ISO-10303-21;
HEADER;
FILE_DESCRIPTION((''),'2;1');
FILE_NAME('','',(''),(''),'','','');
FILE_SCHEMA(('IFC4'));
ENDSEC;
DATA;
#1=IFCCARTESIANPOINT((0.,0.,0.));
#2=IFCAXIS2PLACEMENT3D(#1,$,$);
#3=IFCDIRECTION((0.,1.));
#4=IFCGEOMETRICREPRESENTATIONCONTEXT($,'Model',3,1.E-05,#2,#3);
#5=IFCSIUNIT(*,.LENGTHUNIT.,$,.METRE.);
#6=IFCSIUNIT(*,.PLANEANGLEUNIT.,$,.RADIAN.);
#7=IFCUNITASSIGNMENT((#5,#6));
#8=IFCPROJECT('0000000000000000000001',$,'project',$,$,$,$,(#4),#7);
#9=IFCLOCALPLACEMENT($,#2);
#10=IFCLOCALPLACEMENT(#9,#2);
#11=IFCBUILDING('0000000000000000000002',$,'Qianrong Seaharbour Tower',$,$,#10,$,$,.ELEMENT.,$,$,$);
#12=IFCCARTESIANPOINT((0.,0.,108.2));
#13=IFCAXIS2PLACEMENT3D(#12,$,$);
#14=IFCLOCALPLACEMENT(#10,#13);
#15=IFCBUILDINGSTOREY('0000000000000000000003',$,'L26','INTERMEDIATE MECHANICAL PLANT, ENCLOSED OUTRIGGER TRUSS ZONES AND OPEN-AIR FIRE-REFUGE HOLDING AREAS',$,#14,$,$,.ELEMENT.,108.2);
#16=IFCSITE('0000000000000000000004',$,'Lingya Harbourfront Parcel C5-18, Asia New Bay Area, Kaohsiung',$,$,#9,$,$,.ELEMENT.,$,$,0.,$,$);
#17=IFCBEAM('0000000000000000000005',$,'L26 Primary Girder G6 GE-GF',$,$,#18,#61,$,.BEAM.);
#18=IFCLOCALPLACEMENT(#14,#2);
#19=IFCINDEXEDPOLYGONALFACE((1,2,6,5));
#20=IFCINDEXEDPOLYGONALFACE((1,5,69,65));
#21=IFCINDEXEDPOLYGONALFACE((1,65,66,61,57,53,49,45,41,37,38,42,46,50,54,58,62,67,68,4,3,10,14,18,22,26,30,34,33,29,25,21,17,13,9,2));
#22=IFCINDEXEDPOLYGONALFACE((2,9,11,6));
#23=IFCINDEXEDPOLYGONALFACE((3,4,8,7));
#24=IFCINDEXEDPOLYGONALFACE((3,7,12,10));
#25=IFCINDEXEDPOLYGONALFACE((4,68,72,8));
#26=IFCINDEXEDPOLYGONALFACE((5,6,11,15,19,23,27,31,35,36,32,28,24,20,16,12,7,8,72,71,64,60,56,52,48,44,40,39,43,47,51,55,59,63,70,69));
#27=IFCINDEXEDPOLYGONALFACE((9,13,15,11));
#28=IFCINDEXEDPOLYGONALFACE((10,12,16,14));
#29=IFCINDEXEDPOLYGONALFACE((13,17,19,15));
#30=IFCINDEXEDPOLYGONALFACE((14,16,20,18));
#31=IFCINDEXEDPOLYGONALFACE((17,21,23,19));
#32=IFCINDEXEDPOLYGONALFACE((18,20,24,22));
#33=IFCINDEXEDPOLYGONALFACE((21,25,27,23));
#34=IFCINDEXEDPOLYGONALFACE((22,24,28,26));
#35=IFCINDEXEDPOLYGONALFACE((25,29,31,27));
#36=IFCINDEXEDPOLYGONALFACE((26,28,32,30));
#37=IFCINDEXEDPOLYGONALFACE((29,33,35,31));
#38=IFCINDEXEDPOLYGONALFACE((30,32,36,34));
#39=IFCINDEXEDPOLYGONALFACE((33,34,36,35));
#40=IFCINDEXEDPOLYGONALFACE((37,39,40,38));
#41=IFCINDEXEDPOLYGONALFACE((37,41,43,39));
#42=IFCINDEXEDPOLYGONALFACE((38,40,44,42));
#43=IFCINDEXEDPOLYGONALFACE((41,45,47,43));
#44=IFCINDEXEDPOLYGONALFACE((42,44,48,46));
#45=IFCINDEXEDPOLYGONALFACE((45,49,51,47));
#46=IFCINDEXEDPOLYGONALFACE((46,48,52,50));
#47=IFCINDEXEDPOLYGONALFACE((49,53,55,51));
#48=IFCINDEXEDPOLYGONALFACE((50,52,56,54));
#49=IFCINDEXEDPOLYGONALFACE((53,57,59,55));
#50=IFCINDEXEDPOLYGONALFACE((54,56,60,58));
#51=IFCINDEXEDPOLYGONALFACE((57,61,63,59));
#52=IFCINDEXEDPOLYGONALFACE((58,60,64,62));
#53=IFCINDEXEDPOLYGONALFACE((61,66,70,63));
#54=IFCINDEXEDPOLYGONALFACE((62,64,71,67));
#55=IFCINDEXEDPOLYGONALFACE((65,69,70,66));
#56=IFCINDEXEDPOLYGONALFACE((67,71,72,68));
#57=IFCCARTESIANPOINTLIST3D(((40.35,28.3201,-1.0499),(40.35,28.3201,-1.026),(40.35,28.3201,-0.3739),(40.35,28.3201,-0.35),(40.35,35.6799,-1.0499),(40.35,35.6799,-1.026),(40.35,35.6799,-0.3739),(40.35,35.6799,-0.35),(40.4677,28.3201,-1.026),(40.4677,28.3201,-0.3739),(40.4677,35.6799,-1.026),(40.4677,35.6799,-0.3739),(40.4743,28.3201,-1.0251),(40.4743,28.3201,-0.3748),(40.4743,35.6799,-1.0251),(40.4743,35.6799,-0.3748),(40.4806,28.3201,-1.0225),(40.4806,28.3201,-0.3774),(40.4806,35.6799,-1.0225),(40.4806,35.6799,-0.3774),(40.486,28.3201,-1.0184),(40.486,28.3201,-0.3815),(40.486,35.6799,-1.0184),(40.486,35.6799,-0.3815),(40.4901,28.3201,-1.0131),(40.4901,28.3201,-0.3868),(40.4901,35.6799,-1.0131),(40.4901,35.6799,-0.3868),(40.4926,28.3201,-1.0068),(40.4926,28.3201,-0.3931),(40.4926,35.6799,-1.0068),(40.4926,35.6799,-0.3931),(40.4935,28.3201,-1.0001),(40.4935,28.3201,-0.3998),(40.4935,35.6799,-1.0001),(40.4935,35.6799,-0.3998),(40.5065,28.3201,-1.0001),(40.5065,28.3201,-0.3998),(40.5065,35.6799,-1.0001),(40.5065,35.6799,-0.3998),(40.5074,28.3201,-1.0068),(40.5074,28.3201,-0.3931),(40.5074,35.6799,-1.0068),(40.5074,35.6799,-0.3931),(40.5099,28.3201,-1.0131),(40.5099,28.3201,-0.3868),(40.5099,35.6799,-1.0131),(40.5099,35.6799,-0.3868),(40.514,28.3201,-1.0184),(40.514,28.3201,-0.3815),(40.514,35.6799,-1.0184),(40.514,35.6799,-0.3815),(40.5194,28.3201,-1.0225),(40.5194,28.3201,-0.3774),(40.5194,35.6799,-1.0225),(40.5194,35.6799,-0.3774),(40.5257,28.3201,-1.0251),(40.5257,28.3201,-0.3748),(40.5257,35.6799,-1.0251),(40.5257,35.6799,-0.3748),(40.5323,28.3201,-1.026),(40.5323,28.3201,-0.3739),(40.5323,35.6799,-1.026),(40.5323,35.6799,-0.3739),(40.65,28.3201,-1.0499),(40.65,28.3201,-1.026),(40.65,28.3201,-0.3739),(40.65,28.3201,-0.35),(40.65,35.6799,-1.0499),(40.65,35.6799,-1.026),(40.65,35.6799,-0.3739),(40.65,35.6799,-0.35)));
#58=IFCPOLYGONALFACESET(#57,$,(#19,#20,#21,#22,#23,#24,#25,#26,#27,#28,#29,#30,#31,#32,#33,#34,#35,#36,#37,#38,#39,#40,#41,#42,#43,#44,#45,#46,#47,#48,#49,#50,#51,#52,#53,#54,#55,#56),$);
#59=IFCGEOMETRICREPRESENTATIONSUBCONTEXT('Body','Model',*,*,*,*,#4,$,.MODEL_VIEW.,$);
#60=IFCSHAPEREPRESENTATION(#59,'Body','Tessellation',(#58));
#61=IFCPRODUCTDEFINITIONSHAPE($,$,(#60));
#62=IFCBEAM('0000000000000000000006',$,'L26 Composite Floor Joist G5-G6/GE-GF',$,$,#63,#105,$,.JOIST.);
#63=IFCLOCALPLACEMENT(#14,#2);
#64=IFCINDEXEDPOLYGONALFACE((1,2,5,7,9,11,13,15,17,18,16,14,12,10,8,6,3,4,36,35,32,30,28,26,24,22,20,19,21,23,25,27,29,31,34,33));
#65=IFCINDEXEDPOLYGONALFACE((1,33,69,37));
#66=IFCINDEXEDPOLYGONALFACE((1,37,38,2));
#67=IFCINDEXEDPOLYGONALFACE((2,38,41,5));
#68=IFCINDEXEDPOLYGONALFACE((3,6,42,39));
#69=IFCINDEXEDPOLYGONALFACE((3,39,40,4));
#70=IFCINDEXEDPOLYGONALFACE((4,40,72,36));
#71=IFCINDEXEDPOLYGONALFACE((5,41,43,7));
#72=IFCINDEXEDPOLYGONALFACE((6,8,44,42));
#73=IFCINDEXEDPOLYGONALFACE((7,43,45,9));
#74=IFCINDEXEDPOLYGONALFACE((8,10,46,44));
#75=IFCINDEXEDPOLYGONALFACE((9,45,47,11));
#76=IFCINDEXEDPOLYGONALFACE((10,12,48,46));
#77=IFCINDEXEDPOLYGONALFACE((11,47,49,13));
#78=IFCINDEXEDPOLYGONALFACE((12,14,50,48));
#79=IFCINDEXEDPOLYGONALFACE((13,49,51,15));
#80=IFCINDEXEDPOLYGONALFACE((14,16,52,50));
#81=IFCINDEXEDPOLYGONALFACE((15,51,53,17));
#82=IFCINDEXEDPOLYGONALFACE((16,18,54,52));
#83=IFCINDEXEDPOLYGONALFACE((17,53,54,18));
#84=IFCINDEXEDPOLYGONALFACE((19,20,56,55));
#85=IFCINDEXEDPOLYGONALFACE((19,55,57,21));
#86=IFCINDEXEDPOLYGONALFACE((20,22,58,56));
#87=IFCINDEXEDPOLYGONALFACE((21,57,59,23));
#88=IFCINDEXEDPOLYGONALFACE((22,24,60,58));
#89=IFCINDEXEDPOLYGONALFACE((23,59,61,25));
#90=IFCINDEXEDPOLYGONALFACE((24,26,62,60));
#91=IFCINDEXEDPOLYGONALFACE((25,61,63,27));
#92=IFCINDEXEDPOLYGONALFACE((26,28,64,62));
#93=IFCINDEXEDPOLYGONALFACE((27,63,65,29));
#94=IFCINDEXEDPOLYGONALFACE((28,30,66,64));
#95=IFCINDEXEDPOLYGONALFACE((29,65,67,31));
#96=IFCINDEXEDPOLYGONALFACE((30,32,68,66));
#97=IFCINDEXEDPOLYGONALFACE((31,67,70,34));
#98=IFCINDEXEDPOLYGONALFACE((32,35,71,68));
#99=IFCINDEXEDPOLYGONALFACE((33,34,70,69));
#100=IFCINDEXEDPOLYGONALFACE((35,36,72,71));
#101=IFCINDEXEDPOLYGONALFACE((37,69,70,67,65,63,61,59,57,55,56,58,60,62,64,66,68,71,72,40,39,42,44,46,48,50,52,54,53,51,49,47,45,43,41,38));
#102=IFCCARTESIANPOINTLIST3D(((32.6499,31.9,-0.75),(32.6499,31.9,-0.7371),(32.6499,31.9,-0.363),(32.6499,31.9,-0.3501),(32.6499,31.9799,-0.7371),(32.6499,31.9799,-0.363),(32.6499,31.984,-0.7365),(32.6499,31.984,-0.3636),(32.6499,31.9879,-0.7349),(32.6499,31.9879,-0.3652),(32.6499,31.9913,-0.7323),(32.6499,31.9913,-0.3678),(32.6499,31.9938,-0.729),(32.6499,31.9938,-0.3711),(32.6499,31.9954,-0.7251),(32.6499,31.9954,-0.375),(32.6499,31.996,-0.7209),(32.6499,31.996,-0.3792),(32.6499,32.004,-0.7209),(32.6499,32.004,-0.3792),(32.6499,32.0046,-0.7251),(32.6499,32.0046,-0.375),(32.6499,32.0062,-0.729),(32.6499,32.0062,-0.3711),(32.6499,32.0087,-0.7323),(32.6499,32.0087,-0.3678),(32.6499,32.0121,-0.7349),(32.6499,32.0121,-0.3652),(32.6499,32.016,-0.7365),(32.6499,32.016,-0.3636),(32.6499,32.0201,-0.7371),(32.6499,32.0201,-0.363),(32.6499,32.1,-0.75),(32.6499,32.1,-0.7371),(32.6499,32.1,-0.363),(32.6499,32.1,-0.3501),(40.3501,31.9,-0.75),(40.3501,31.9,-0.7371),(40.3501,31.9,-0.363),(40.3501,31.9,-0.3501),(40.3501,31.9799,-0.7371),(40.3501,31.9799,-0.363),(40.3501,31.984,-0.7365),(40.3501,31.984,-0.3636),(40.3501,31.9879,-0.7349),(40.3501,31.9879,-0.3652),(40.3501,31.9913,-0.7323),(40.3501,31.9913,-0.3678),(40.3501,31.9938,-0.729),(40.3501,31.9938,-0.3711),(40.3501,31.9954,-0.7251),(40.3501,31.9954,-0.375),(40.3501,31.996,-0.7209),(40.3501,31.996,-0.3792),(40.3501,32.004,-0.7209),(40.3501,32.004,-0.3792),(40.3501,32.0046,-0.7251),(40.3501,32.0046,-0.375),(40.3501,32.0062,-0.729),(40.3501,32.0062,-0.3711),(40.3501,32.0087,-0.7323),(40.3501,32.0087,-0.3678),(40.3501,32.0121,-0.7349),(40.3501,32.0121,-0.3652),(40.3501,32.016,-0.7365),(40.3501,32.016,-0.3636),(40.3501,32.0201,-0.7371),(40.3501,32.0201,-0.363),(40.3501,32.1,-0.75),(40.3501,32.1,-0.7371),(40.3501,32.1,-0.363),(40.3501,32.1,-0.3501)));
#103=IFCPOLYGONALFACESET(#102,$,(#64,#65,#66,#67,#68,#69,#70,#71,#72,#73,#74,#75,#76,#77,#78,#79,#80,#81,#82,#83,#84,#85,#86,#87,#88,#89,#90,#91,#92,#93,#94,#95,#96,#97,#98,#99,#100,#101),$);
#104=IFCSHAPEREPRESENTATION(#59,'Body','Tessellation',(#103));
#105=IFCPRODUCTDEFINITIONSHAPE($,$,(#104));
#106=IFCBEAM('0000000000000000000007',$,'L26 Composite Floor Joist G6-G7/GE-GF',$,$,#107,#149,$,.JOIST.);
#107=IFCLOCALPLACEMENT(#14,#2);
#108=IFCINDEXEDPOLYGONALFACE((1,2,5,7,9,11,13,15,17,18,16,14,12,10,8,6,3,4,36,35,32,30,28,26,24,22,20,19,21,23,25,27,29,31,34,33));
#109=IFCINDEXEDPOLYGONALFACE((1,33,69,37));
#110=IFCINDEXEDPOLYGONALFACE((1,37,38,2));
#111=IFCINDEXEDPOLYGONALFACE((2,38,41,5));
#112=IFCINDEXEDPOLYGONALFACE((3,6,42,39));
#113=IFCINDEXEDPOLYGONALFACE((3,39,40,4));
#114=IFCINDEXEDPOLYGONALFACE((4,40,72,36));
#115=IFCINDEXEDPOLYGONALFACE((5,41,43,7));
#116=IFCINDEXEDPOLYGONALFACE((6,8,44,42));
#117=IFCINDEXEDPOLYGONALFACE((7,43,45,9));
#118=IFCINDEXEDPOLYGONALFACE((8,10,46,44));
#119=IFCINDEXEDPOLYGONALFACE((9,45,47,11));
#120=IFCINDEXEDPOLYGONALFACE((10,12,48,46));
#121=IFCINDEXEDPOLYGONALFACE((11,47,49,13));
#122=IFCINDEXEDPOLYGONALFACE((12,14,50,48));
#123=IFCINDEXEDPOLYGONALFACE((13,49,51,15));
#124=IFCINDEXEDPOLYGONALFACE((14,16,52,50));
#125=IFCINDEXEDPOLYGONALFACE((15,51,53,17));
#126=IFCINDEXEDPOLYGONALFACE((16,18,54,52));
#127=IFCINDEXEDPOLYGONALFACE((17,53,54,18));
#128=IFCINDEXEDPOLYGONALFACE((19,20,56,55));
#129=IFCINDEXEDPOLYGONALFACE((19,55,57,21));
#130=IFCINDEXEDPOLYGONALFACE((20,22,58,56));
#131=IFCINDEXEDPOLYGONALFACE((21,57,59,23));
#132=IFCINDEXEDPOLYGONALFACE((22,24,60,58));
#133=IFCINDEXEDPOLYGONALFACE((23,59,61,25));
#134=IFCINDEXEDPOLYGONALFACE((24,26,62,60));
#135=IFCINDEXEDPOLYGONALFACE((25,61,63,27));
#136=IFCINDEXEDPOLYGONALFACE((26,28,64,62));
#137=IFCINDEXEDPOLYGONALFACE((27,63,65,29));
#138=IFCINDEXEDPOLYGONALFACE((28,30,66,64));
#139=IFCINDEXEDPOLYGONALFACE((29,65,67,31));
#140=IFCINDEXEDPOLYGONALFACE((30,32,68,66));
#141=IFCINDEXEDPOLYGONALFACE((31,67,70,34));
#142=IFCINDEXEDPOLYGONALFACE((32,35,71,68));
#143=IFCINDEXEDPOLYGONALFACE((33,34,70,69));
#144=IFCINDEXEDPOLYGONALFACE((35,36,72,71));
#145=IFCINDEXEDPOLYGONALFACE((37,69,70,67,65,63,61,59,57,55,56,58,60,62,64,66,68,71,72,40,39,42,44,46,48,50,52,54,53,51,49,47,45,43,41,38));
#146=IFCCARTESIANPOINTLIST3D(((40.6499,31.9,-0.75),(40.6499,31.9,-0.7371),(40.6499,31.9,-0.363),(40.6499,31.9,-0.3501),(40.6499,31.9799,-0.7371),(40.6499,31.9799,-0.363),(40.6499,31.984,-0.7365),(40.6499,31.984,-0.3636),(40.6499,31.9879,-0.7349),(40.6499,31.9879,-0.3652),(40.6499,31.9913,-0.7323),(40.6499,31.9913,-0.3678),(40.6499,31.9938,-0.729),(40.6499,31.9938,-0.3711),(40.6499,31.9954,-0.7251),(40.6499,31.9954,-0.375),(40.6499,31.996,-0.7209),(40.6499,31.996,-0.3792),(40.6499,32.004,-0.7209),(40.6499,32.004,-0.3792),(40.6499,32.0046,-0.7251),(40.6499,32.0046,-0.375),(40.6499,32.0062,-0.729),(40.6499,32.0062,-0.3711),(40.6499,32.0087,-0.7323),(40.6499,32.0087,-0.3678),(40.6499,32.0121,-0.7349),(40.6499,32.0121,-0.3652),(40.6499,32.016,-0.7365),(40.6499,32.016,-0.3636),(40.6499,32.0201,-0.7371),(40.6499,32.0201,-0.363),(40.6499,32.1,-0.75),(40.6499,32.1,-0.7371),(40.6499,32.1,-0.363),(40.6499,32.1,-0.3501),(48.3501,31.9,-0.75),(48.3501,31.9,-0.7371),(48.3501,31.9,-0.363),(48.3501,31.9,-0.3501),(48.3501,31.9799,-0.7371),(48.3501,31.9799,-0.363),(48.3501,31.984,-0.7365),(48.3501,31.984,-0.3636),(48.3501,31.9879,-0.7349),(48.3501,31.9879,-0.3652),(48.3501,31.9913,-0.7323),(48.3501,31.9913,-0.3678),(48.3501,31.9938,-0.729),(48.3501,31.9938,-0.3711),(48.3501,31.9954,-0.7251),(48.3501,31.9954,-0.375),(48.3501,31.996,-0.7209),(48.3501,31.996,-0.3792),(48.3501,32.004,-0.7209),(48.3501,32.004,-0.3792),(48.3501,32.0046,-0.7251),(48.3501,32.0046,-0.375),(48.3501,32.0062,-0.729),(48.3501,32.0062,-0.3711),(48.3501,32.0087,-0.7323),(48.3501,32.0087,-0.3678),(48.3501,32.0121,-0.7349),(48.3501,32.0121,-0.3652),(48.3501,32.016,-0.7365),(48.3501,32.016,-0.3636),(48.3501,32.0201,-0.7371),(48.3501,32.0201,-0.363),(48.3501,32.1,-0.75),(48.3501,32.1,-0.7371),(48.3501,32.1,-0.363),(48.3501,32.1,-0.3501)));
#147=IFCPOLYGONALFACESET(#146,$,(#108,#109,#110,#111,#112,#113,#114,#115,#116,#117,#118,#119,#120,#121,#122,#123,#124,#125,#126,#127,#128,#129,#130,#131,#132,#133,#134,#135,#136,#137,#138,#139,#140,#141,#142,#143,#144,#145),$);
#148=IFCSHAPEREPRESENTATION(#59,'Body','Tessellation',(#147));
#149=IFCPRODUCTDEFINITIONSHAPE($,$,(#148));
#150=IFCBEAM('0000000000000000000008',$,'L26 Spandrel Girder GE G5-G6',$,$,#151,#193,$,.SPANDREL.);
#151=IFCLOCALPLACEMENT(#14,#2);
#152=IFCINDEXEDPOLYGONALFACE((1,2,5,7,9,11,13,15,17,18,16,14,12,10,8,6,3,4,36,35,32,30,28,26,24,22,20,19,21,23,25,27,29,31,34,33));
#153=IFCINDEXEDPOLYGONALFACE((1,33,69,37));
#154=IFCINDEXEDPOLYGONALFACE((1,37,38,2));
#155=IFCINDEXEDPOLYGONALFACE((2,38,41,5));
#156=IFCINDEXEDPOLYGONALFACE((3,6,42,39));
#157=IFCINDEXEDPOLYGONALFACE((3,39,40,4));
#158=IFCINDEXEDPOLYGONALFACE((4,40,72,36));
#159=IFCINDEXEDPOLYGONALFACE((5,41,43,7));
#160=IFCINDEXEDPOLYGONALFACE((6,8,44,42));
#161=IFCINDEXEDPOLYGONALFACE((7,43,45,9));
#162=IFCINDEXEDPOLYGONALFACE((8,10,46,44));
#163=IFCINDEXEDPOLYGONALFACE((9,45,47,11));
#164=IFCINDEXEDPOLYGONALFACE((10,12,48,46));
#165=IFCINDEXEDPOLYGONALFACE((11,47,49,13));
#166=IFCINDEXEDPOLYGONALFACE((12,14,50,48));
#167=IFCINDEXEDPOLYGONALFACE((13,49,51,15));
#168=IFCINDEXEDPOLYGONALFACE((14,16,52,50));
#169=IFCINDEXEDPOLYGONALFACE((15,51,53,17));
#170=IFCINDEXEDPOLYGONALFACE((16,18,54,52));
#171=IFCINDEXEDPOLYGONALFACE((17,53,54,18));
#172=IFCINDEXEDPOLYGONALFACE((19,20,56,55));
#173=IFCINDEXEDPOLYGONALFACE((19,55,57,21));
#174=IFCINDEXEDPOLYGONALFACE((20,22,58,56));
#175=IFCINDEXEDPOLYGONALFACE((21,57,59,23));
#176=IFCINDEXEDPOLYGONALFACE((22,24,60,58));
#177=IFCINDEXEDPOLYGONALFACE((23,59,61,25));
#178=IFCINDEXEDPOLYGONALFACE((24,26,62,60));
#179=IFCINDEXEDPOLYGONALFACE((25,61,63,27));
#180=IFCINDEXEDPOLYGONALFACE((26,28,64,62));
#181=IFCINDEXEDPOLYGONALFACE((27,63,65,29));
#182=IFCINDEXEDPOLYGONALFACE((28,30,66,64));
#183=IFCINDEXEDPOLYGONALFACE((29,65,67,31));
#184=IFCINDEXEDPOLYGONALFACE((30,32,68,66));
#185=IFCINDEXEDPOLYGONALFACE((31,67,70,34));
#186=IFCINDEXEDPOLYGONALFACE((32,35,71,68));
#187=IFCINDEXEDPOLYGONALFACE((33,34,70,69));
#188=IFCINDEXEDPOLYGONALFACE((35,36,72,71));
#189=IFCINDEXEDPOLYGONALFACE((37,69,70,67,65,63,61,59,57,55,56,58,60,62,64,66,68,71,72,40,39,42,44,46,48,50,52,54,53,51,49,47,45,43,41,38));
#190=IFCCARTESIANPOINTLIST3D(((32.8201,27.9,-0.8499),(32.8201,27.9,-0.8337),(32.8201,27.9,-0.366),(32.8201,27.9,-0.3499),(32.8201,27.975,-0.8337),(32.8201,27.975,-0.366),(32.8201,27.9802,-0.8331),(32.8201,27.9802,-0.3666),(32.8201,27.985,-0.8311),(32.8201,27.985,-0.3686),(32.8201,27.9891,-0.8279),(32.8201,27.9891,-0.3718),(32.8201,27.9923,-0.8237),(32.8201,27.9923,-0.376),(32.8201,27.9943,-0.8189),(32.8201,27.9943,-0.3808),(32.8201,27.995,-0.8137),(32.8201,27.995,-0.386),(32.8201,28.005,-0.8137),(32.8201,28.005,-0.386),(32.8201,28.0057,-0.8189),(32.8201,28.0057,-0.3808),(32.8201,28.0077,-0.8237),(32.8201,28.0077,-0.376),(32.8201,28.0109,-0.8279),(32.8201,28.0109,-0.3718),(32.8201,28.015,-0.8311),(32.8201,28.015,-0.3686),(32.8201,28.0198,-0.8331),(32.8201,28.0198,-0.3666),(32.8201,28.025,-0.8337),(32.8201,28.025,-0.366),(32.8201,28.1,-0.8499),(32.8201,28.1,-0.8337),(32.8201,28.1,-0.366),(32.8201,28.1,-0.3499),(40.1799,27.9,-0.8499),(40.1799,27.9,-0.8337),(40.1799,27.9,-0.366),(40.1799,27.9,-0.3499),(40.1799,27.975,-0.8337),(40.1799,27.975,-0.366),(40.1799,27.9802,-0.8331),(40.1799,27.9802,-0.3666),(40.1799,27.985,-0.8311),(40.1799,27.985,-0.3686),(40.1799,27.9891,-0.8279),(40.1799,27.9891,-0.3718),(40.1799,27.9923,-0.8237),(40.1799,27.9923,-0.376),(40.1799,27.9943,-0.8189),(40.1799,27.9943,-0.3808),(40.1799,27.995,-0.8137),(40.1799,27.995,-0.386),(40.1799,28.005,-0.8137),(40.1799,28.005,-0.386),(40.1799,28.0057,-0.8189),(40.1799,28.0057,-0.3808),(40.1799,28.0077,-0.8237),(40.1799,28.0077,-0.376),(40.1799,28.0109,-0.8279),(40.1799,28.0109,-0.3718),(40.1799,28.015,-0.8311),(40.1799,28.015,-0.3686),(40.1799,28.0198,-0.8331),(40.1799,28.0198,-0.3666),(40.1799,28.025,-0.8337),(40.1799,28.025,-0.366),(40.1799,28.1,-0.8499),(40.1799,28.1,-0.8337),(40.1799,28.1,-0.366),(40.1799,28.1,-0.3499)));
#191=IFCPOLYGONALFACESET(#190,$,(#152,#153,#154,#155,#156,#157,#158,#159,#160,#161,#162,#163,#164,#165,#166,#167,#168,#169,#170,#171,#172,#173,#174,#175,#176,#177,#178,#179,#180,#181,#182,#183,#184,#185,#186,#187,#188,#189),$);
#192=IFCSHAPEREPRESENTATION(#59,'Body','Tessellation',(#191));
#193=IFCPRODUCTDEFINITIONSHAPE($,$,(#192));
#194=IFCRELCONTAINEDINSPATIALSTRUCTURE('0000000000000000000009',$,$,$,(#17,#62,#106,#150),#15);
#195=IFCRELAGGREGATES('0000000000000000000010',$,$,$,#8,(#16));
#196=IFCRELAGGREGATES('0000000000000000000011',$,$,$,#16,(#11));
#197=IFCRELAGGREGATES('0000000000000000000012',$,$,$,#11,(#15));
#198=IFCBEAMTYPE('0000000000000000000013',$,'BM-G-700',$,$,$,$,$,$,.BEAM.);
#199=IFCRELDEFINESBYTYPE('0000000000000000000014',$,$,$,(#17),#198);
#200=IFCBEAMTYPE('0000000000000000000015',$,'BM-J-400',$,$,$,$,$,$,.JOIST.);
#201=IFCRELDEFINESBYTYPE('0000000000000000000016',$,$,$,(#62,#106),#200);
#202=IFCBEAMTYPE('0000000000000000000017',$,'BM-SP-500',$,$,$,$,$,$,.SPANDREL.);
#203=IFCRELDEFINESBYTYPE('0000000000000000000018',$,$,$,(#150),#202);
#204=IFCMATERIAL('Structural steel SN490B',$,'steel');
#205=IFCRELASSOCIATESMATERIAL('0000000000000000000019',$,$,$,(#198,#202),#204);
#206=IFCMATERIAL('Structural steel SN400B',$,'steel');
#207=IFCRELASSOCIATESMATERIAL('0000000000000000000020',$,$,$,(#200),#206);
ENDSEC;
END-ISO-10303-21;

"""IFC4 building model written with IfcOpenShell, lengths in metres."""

from ifc_helpers import new_model, si_unit, direction, frame, origin, origin_2d, place, context, subcontext, project, spatial, i_section, extrude, material, material_profile, profile_set, type_object, element, save


model = new_model("IFC4")

# Units and contexts
model_context = context("Model", 3, precision=1e-05, world=origin(), true_north=direction((0.0, 1.0)))
body_context = subcontext(model_context, "Body", "Model", "MODEL_VIEW")
ifc_project = project(units=[si_unit("LENGTHUNIT", "METRE"), si_unit("PLANEANGLEUNIT", "RADIAN")], contexts=[model_context])

# Site, building, storey
site_placement = place(None, origin())
site = spatial("IfcSite", under=ifc_project, at=site_placement, Name="Lingya Harbourfront Parcel C5-18, Asia New Bay Area, Kaohsiung", CompositionType="ELEMENT", RefElevation=0.0)
building_placement = place(site_placement, origin())
building = spatial("IfcBuilding", under=site, at=building_placement, Name="Qianrong Seaharbour Tower", CompositionType="ELEMENT")
storey_placement = place(building_placement, frame((0.0, 0.0, 108.2)))
storey = spatial("IfcBuildingStorey", under=building, at=storey_placement, Name="L26", Description="INTERMEDIATE MECHANICAL PLANT, ENCLOSED OUTRIGGER TRUSS ZONES AND OPEN-AIR FIRE-REFUGE HOLDING AREAS", CompositionType="ELEMENT", Elevation=108.2)

# Shared definitions
ifc_material_1 = material(Name="Structural steel SN490B", Category="steel")

# Beams
ifc_material_profile_1 = material_profile(ifc_material_1, i_section(OverallWidth=0.3, OverallDepth=0.7, WebThickness=0.0129, FlangeThickness=0.0239, FilletRadius=0.0259, at=origin_2d()), Name="H700x300x13x24")
ifc_profile_set_1 = profile_set([ifc_material_profile_1], Name="Structural steel SN490B")
beam_type_1 = type_object("IfcBeamType", Name="BM-G-700", PredefinedType="BEAM", material=ifc_profile_set_1)
for number, where, z_axis, x_axis, name in (
    (1, (40.5, 28.3201, -0.7), (0.0, 1.0, 0.0), (-1.0, 0.0, 0.0), "L26 Primary Girder G6 GE-GF"),
):
    element("IfcBeam", number, at=place(storey_placement, frame(where, z_axis=z_axis, x_axis=x_axis)), inside=storey, type_object=beam_type_1, Name=name, PredefinedType="BEAM", context=body_context, shape_type="SweptSolid", body=[
        extrude(i_section(OverallWidth=0.3, OverallDepth=0.7, WebThickness=0.0129, FlangeThickness=0.0239, FilletRadius=0.0259, at=origin_2d()), origin(), (0.0, 0.0, 1.0), 7.3599),
    ])
ifc_material_2 = material(Name="Structural steel SN400B", Category="steel")
ifc_material_profile_2 = material_profile(ifc_material_2, i_section(OverallWidth=0.2, OverallDepth=0.3999, WebThickness=0.0081, FlangeThickness=0.0129, FilletRadius=0.0161, at=origin_2d()), Name="H400x200x8x13")
ifc_profile_set_2 = profile_set([ifc_material_profile_2], Name="Structural steel SN400B")
beam_type_2 = type_object("IfcBeamType", Name="BM-J-400", PredefinedType="JOIST", material=ifc_profile_set_2)
for number, where, z_axis, x_axis, name in (
    (2, (32.6499, 32.0, -0.55), (1.0, 0.0, 0.0), (0.0, 1.0, 0.0), "L26 Composite Floor Joist G5-G6/GE-GF"),
    (3, (40.6499, 32.0, -0.55), (1.0, 0.0, 0.0), (0.0, 1.0, 0.0), "L26 Composite Floor Joist G6-G7/GE-GF"),
):
    element("IfcBeam", number, at=place(storey_placement, frame(where, z_axis=z_axis, x_axis=x_axis)), inside=storey, type_object=beam_type_2, Name=name, PredefinedType="JOIST", context=body_context, shape_type="SweptSolid", body=[
        extrude(i_section(OverallWidth=0.2, OverallDepth=0.3999, WebThickness=0.0081, FlangeThickness=0.0129, FilletRadius=0.0161, at=origin_2d()), origin(), (0.0, 0.0, 1.0), 7.7002),
    ])
ifc_material_profile_3 = material_profile(ifc_material_1, i_section(OverallWidth=0.2, OverallDepth=0.5, WebThickness=0.01, FlangeThickness=0.0161, FilletRadius=0.02, at=origin_2d()), Name="H500x200x10x16")
ifc_profile_set_3 = profile_set([ifc_material_profile_3], Name="Structural steel SN490B")
beam_type_3 = type_object("IfcBeamType", Name="BM-SP-500", PredefinedType="SPANDREL", material=ifc_profile_set_3)
beam_1_placement = place(storey_placement, frame((32.8201, 28.0, -0.5999), z_axis=(1.0, 0.0, 0.0), x_axis=(0.0, 1.0, 0.0)))
element("IfcBeam", 4, at=beam_1_placement, inside=storey, type_object=beam_type_3, Name="L26 Spandrel Girder GE G5-G6", PredefinedType="SPANDREL", context=body_context, shape_type="SweptSolid", body=[
    extrude(i_section(OverallWidth=0.2, OverallDepth=0.5, WebThickness=0.01, FlangeThickness=0.0161, FilletRadius=0.02, at=origin_2d()), origin(), (0.0, 0.0, 1.0), 7.3599),
])

save(model, "model.ifc")
